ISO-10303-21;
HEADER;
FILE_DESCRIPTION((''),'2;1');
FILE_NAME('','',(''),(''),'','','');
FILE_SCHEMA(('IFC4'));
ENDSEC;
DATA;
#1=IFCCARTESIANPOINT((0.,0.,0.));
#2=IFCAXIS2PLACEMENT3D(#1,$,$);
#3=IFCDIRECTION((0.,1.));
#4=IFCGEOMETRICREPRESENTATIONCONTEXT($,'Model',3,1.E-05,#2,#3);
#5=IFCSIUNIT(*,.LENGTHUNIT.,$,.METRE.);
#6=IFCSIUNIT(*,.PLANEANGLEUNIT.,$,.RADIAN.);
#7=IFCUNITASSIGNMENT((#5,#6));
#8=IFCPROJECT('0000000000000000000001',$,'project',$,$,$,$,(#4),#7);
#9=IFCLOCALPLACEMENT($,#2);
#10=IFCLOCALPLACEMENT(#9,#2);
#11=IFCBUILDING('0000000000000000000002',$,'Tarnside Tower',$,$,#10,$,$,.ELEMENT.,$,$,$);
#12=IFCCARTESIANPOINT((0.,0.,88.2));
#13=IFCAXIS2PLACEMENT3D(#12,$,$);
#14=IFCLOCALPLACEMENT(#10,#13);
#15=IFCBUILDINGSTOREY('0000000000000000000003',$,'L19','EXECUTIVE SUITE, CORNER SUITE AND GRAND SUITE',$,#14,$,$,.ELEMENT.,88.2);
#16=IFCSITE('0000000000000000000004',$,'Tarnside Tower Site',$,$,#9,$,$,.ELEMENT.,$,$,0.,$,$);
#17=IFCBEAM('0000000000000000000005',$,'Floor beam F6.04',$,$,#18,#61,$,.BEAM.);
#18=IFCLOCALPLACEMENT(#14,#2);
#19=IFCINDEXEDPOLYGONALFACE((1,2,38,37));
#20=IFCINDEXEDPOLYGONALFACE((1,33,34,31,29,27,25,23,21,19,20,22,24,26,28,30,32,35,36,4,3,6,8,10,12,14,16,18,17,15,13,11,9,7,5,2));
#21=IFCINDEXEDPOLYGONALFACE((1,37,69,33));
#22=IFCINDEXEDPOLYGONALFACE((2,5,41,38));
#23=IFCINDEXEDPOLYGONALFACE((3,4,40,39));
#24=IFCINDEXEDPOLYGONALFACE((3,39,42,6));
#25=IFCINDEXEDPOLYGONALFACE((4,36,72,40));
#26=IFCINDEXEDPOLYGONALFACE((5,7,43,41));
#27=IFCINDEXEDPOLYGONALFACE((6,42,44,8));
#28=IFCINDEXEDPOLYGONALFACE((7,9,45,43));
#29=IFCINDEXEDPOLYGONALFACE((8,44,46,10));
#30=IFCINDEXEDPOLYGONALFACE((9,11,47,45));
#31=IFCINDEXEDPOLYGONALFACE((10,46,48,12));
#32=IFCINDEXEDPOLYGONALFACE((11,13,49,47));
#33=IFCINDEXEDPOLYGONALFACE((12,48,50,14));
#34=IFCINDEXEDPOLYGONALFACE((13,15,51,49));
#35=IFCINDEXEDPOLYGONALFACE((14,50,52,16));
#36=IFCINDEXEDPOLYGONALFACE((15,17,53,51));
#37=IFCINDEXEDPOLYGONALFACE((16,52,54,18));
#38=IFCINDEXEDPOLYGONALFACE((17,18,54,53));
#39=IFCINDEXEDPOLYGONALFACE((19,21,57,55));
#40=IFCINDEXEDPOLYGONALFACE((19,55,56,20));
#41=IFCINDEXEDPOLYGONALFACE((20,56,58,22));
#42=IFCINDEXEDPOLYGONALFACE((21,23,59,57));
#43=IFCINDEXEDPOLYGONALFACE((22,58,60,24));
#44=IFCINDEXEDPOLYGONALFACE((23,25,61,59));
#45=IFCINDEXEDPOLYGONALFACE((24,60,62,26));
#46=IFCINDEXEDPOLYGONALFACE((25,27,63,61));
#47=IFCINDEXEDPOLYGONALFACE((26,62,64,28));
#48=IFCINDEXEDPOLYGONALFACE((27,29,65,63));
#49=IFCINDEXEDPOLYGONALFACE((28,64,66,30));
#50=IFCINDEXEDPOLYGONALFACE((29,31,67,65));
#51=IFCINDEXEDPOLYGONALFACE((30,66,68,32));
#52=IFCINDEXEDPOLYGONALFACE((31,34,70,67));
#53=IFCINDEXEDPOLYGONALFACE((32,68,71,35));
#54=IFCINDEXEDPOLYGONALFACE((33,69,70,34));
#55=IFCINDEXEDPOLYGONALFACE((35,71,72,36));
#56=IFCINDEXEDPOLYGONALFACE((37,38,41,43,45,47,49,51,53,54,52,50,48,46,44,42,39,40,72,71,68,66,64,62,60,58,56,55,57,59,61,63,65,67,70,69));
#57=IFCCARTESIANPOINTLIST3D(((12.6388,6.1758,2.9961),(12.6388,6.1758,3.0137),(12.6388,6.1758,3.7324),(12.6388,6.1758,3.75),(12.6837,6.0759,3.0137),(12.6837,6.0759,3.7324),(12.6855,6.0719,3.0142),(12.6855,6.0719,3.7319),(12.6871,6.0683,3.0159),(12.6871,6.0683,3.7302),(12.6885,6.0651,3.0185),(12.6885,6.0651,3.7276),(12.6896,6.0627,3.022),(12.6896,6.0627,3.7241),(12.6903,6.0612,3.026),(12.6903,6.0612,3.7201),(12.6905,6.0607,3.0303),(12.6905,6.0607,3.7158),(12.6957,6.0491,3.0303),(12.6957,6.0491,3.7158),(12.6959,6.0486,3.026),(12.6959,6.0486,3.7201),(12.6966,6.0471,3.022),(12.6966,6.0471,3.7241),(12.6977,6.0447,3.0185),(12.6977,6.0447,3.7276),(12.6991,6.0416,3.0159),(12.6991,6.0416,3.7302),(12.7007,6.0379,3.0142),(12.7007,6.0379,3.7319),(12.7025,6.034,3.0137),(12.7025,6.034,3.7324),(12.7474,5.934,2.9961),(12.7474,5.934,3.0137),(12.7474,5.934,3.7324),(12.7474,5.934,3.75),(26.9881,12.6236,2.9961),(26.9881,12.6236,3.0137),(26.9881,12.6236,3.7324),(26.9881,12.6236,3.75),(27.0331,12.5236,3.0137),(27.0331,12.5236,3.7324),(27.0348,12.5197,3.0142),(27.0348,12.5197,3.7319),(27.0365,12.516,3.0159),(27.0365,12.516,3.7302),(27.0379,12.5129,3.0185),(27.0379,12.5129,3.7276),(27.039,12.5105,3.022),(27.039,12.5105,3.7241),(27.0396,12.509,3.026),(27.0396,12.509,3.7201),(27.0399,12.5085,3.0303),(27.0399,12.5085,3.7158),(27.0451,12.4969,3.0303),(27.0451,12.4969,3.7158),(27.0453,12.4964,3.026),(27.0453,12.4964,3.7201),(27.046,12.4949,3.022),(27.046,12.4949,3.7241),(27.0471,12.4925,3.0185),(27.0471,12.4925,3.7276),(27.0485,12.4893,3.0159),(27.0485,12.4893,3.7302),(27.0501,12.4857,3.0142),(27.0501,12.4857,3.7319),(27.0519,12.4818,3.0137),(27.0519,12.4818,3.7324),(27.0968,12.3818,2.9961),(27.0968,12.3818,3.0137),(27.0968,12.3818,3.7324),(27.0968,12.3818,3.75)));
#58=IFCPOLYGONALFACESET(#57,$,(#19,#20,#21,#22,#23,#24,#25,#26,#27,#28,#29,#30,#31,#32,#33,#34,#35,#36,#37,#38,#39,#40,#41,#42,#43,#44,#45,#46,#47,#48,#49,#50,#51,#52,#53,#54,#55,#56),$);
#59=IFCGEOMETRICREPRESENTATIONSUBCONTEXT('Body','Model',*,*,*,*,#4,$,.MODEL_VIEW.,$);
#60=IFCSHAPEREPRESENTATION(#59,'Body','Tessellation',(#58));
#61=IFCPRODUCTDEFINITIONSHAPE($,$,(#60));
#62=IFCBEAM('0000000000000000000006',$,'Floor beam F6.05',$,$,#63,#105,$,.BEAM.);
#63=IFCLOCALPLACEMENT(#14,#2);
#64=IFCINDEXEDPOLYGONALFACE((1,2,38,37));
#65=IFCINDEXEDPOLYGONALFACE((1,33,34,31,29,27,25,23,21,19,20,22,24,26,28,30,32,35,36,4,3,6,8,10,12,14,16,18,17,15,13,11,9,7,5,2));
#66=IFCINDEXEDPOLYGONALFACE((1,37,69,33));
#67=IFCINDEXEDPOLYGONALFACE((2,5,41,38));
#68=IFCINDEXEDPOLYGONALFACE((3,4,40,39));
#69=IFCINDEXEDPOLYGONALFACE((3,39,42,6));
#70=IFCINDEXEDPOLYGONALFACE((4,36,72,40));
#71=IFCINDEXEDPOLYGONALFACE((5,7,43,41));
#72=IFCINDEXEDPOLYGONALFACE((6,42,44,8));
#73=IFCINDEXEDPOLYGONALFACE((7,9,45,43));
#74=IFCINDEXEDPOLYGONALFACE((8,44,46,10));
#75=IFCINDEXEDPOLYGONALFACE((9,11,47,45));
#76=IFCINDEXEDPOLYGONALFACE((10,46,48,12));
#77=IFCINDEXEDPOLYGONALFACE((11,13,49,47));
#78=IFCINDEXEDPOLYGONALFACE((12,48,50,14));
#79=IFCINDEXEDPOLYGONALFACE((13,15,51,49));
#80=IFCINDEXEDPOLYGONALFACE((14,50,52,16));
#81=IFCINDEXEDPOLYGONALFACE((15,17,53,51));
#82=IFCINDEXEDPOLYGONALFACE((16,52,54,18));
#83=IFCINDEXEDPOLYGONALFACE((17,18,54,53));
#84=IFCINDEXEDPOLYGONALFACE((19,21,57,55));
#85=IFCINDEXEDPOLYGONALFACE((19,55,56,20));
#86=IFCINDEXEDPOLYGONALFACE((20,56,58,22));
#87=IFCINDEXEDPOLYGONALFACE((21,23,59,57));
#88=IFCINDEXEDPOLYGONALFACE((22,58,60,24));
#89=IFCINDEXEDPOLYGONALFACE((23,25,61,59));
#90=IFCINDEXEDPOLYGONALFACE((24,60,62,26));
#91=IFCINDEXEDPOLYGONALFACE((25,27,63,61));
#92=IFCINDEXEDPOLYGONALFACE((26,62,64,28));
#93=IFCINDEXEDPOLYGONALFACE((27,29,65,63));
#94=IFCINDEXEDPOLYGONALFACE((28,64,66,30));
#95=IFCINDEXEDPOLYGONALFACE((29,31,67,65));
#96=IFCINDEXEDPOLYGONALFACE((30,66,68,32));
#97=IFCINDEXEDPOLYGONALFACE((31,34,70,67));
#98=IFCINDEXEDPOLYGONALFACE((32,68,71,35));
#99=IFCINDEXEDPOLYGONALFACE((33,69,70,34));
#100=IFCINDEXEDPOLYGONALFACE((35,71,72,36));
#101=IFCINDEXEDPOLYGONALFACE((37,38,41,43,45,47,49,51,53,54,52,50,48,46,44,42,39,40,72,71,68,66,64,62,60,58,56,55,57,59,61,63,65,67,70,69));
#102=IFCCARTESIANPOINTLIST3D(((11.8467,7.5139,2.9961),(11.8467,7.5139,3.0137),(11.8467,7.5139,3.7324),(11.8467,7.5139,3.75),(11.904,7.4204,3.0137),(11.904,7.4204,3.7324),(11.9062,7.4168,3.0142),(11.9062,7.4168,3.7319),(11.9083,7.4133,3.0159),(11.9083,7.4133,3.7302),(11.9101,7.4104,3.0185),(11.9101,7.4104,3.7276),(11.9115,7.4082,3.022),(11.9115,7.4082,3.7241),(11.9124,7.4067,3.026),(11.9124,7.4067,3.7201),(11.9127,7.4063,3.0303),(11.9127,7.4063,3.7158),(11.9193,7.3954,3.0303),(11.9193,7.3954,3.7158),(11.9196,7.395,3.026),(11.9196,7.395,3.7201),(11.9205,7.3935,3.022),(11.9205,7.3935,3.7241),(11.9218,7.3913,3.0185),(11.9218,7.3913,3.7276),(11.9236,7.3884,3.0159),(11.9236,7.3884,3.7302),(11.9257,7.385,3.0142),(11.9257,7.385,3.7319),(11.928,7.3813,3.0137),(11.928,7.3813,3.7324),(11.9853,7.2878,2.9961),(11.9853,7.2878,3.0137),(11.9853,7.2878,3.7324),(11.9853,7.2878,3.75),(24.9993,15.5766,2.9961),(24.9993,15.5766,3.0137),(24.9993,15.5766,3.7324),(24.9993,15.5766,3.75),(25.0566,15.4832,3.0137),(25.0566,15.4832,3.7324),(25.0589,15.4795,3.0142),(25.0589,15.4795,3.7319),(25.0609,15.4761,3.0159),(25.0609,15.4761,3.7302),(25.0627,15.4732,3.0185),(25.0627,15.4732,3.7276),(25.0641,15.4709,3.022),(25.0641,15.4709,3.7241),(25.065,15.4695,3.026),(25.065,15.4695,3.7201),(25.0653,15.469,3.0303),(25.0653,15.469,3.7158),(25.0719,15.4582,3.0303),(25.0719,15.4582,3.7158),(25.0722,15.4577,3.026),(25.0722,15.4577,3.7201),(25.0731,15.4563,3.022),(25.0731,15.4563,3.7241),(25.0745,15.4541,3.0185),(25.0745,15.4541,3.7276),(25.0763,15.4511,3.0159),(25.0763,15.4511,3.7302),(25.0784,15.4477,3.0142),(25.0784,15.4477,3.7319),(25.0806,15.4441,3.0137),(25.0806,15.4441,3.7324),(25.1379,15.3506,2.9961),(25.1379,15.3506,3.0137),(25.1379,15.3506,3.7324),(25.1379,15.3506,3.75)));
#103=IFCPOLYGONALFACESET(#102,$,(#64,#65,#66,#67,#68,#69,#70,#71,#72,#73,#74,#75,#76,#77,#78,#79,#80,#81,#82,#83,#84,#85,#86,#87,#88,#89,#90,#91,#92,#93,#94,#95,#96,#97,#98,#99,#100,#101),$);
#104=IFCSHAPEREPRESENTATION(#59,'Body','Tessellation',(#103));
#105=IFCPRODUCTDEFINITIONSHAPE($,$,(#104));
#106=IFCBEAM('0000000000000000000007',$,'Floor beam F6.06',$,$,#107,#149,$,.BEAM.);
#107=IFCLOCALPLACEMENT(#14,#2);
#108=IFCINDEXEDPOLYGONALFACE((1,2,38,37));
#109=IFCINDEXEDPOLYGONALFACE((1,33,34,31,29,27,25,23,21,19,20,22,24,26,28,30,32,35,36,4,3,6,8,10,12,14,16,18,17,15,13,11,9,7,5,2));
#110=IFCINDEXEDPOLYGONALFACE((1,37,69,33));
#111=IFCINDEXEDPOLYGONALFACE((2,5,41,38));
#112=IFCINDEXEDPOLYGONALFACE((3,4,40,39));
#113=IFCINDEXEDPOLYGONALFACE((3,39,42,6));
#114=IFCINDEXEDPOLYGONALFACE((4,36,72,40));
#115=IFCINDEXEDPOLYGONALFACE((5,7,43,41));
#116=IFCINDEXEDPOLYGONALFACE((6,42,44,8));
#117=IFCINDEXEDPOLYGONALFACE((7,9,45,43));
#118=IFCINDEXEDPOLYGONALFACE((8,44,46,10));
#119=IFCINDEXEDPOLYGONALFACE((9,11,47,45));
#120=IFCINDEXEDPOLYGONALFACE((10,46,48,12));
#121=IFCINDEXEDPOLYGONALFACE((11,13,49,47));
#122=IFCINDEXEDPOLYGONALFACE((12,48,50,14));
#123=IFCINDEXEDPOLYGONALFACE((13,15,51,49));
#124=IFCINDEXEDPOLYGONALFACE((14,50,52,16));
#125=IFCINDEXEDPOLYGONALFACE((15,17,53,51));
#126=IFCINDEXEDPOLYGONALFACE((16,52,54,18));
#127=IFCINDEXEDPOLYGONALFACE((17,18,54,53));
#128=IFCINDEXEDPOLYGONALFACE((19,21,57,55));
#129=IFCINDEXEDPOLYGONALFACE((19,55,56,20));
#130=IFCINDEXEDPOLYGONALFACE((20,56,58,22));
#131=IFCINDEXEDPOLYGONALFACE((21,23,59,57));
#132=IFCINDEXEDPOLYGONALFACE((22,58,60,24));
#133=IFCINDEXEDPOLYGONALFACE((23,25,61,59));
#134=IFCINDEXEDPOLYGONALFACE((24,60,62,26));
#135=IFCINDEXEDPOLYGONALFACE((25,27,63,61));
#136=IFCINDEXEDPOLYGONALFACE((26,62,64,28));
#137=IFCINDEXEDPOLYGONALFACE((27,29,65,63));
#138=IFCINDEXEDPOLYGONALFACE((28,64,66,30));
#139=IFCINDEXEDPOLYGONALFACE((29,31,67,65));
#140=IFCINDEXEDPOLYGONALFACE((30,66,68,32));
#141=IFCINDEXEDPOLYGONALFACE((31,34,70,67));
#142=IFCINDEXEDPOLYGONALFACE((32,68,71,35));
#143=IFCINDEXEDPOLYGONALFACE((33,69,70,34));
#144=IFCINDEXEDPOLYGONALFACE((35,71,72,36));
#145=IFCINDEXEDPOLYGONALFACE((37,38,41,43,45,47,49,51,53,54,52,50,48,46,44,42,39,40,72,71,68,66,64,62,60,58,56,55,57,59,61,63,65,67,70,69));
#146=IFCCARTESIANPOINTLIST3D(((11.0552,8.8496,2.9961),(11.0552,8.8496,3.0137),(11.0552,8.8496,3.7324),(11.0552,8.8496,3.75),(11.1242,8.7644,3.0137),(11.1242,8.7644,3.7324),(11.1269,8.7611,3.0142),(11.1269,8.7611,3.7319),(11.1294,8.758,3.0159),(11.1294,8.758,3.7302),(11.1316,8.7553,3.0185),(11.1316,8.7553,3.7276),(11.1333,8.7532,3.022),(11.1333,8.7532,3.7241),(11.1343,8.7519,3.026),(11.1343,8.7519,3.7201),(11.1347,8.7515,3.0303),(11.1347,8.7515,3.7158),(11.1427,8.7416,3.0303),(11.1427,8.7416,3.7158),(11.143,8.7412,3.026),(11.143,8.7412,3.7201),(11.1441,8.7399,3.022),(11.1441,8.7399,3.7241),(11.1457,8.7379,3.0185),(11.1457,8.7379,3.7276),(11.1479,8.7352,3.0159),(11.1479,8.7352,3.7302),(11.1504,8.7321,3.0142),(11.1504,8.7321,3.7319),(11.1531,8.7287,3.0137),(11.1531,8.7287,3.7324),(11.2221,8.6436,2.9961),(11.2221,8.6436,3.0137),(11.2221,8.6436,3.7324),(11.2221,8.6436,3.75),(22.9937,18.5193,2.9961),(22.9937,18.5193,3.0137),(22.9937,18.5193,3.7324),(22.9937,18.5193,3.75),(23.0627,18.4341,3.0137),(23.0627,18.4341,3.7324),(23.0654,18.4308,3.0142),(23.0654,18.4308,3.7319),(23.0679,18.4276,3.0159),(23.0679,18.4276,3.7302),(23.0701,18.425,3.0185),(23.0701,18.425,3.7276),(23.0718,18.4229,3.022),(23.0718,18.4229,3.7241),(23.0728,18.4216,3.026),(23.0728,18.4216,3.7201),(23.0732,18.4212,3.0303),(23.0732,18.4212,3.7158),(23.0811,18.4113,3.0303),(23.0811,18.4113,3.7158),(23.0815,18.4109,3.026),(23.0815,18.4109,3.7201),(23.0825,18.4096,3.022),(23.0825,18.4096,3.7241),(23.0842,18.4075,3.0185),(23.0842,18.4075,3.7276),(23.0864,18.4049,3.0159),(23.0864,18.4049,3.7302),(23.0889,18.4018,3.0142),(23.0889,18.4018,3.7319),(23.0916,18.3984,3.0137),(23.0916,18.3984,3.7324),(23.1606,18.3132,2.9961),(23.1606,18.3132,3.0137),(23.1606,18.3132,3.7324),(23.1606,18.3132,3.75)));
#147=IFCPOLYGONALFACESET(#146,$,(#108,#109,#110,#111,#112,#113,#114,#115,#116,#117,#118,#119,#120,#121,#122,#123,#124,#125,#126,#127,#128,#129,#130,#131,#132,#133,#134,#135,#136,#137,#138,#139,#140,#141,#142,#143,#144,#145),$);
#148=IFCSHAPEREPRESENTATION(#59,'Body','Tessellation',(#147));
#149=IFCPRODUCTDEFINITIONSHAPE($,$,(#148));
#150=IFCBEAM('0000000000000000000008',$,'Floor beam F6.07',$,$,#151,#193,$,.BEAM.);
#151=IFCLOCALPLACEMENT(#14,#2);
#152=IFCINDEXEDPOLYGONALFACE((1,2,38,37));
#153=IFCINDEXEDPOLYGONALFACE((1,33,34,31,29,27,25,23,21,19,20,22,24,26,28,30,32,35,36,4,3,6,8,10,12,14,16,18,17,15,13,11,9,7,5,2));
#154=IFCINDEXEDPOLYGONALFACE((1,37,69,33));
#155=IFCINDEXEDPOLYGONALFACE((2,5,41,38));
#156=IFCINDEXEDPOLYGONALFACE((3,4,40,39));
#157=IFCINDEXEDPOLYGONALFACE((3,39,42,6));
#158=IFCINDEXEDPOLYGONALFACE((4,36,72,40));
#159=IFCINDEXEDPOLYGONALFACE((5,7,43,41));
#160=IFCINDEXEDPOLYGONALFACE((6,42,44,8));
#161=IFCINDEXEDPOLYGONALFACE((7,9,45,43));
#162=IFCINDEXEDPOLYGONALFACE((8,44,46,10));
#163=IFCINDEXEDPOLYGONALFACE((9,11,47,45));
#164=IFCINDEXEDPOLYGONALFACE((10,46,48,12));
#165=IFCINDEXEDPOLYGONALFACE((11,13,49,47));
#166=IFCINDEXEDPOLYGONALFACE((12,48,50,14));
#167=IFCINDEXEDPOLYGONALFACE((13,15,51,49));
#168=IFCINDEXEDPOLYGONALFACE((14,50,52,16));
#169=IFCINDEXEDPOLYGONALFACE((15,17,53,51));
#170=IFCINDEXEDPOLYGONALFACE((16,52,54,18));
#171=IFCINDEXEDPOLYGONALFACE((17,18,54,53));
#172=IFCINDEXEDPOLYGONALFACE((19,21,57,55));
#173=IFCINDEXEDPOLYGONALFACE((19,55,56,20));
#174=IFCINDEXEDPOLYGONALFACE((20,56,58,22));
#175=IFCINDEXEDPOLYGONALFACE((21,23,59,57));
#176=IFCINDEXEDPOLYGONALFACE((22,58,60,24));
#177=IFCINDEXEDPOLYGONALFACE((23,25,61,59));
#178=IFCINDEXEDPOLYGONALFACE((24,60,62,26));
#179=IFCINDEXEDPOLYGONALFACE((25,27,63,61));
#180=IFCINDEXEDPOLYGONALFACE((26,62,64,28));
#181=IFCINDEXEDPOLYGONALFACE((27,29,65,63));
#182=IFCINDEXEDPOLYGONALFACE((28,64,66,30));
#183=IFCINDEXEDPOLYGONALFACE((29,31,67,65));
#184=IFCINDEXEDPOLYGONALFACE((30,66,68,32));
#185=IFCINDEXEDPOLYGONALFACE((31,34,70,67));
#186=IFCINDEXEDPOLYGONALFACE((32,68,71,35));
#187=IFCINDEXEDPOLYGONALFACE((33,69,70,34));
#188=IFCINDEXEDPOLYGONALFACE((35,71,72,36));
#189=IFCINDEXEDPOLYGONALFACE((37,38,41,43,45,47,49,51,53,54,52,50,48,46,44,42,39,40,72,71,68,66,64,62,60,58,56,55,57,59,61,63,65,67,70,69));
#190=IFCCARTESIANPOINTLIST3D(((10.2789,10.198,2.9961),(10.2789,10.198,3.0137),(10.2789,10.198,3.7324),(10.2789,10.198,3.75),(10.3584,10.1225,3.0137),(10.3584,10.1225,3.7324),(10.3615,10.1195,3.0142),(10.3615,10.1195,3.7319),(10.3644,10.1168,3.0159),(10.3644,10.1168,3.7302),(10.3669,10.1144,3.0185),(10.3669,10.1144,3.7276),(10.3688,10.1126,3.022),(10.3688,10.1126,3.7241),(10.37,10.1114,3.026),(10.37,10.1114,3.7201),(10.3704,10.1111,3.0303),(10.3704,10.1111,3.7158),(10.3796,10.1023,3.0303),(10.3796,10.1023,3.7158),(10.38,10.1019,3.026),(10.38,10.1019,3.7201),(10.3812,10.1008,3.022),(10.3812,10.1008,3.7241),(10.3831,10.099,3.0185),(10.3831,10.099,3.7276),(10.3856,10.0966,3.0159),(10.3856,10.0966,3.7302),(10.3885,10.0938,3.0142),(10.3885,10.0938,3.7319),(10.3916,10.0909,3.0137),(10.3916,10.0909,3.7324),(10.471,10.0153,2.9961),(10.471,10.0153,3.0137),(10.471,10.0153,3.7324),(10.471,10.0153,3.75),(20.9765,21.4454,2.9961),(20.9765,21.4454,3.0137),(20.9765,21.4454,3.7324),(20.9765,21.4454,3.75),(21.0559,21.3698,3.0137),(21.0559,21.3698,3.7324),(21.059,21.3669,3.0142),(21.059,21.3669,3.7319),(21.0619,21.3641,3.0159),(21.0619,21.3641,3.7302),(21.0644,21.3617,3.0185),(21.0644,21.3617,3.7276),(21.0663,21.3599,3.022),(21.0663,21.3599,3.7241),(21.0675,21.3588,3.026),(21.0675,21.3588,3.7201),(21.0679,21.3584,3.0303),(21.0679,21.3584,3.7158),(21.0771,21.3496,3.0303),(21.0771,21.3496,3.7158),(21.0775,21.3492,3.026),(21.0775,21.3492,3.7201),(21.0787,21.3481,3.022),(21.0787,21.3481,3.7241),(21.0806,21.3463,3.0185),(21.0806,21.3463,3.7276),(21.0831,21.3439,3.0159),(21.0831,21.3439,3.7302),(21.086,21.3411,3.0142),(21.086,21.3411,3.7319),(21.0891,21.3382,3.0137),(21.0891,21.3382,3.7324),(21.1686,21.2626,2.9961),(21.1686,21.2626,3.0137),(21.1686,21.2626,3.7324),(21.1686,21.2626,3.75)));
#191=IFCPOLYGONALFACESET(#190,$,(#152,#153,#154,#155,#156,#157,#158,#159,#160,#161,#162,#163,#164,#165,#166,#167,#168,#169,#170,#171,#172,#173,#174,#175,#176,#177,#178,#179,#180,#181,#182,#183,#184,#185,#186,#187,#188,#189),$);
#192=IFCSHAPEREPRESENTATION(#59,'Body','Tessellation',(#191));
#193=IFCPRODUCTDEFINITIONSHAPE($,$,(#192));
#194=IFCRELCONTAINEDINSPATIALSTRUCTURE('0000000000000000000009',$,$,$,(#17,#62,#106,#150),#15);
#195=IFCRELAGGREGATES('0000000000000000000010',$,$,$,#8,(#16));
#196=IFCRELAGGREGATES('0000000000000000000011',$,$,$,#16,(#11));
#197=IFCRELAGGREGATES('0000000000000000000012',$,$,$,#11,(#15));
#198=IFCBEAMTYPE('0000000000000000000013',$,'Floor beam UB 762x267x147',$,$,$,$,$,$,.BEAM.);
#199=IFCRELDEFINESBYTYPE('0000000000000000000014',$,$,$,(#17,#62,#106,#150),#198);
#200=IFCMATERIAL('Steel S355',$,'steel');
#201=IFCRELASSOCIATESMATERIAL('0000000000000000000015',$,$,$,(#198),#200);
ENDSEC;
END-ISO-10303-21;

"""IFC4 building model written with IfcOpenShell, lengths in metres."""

from ifc_helpers import new_model, si_unit, direction, frame, origin, origin_2d, place, context, subcontext, project, spatial, i_section, extrude, material, material_profile, profile_set, type_object, element, save


model = new_model("IFC4")

# Units and contexts
model_context = context("Model", 3, precision=1e-05, world=origin(), true_north=direction((0.0, 1.0)))
body_context = subcontext(model_context, "Body", "Model", "MODEL_VIEW")
ifc_project = project(units=[si_unit("LENGTHUNIT", "METRE"), si_unit("PLANEANGLEUNIT", "RADIAN")], contexts=[model_context])

# Site, building, storey
site_placement = place(None, origin())
site = spatial("IfcSite", under=ifc_project, at=site_placement, Name="Tarnside Tower Site", CompositionType="ELEMENT", RefElevation=0.0)
building_placement = place(site_placement, origin())
building = spatial("IfcBuilding", under=site, at=building_placement, Name="Tarnside Tower", CompositionType="ELEMENT")
storey_placement = place(building_placement, frame((0.0, 0.0, 88.2)))
storey = spatial("IfcBuildingStorey", under=building, at=storey_placement, Name="L19", Description="EXECUTIVE SUITE, CORNER SUITE AND GRAND SUITE", CompositionType="ELEMENT", Elevation=88.2)

# Beams
ifc_material_1 = material(Name="Steel S355", Category="steel")
ifc_material_profile_1 = material_profile(ifc_material_1, i_section(OverallWidth=0.2651, OverallDepth=0.7539, WebThickness=0.0127, FlangeThickness=0.0176, FilletRadius=0.0166, at=origin_2d()), Name="UB 762x267x147")
ifc_profile_set_1 = profile_set([ifc_material_profile_1], Name="Steel S355")
beam_type_1 = type_object("IfcBeamType", Name="Floor beam UB 762x267x147", PredefinedType="BEAM", material=ifc_profile_set_1)
beam_1_placement = place(storey_placement, frame((27.0425, 12.5027, 3.373), z_axis=(-0.912146, -0.409865, 0.0), x_axis=(0.409865, -0.912146, 0.0)))
element("IfcBeam", 1, at=beam_1_placement, inside=storey, type_object=beam_type_1, Name="Floor beam F6.04", PredefinedType="BEAM", context=body_context, shape_type="SweptSolid", body=[
    extrude(i_section(OverallWidth=0.2651, OverallDepth=0.7539, WebThickness=0.0127, FlangeThickness=0.0176, FilletRadius=0.0166, at=origin_2d()), origin(), (0.0, 0.0, 1.0), 15.7314),
])
beam_2_placement = place(storey_placement, frame((25.0686, 15.4636, 3.373), z_axis=(-0.852558, -0.522632, 0.0), x_axis=(0.522632, -0.852558, 0.0)))
element("IfcBeam", 2, at=beam_2_placement, inside=storey, type_object=beam_type_1, Name="Floor beam F6.05", PredefinedType="BEAM", context=body_context, shape_type="SweptSolid", body=[
    extrude(i_section(OverallWidth=0.2651, OverallDepth=0.7539, WebThickness=0.0127, FlangeThickness=0.0176, FilletRadius=0.0166, at=origin_2d()), origin(), (0.0, 0.0, 1.0), 15.4272),
])
beam_3_placement = place(storey_placement, frame((23.0771, 18.4163, 3.373), z_axis=(-0.777079, -0.629403, 0.0), x_axis=(0.629403, -0.777079, 0.0)))
element("IfcBeam", 3, at=beam_3_placement, inside=storey, type_object=beam_type_1, Name="Floor beam F6.06", PredefinedType="BEAM", context=body_context, shape_type="SweptSolid", body=[
    extrude(i_section(OverallWidth=0.2651, OverallDepth=0.7539, WebThickness=0.0127, FlangeThickness=0.0176, FilletRadius=0.0166, at=origin_2d()), origin(), (0.0, 0.0, 1.0), 15.3633),
])
beam_4_placement = place(storey_placement, frame((21.0725, 21.354, 3.373), z_axis=(-0.689175, -0.724595, 0.0), x_axis=(0.724595, -0.689175, 0.0)))
element("IfcBeam", 4, at=beam_4_placement, inside=storey, type_object=beam_type_1, Name="Floor beam F6.07", PredefinedType="BEAM", context=body_context, shape_type="SweptSolid", body=[
    extrude(i_section(OverallWidth=0.2651, OverallDepth=0.7539, WebThickness=0.0127, FlangeThickness=0.0176, FilletRadius=0.0166, at=origin_2d()), origin(), (0.0, 0.0, 1.0), 15.5222),
])

save(model, "model.ifc")
